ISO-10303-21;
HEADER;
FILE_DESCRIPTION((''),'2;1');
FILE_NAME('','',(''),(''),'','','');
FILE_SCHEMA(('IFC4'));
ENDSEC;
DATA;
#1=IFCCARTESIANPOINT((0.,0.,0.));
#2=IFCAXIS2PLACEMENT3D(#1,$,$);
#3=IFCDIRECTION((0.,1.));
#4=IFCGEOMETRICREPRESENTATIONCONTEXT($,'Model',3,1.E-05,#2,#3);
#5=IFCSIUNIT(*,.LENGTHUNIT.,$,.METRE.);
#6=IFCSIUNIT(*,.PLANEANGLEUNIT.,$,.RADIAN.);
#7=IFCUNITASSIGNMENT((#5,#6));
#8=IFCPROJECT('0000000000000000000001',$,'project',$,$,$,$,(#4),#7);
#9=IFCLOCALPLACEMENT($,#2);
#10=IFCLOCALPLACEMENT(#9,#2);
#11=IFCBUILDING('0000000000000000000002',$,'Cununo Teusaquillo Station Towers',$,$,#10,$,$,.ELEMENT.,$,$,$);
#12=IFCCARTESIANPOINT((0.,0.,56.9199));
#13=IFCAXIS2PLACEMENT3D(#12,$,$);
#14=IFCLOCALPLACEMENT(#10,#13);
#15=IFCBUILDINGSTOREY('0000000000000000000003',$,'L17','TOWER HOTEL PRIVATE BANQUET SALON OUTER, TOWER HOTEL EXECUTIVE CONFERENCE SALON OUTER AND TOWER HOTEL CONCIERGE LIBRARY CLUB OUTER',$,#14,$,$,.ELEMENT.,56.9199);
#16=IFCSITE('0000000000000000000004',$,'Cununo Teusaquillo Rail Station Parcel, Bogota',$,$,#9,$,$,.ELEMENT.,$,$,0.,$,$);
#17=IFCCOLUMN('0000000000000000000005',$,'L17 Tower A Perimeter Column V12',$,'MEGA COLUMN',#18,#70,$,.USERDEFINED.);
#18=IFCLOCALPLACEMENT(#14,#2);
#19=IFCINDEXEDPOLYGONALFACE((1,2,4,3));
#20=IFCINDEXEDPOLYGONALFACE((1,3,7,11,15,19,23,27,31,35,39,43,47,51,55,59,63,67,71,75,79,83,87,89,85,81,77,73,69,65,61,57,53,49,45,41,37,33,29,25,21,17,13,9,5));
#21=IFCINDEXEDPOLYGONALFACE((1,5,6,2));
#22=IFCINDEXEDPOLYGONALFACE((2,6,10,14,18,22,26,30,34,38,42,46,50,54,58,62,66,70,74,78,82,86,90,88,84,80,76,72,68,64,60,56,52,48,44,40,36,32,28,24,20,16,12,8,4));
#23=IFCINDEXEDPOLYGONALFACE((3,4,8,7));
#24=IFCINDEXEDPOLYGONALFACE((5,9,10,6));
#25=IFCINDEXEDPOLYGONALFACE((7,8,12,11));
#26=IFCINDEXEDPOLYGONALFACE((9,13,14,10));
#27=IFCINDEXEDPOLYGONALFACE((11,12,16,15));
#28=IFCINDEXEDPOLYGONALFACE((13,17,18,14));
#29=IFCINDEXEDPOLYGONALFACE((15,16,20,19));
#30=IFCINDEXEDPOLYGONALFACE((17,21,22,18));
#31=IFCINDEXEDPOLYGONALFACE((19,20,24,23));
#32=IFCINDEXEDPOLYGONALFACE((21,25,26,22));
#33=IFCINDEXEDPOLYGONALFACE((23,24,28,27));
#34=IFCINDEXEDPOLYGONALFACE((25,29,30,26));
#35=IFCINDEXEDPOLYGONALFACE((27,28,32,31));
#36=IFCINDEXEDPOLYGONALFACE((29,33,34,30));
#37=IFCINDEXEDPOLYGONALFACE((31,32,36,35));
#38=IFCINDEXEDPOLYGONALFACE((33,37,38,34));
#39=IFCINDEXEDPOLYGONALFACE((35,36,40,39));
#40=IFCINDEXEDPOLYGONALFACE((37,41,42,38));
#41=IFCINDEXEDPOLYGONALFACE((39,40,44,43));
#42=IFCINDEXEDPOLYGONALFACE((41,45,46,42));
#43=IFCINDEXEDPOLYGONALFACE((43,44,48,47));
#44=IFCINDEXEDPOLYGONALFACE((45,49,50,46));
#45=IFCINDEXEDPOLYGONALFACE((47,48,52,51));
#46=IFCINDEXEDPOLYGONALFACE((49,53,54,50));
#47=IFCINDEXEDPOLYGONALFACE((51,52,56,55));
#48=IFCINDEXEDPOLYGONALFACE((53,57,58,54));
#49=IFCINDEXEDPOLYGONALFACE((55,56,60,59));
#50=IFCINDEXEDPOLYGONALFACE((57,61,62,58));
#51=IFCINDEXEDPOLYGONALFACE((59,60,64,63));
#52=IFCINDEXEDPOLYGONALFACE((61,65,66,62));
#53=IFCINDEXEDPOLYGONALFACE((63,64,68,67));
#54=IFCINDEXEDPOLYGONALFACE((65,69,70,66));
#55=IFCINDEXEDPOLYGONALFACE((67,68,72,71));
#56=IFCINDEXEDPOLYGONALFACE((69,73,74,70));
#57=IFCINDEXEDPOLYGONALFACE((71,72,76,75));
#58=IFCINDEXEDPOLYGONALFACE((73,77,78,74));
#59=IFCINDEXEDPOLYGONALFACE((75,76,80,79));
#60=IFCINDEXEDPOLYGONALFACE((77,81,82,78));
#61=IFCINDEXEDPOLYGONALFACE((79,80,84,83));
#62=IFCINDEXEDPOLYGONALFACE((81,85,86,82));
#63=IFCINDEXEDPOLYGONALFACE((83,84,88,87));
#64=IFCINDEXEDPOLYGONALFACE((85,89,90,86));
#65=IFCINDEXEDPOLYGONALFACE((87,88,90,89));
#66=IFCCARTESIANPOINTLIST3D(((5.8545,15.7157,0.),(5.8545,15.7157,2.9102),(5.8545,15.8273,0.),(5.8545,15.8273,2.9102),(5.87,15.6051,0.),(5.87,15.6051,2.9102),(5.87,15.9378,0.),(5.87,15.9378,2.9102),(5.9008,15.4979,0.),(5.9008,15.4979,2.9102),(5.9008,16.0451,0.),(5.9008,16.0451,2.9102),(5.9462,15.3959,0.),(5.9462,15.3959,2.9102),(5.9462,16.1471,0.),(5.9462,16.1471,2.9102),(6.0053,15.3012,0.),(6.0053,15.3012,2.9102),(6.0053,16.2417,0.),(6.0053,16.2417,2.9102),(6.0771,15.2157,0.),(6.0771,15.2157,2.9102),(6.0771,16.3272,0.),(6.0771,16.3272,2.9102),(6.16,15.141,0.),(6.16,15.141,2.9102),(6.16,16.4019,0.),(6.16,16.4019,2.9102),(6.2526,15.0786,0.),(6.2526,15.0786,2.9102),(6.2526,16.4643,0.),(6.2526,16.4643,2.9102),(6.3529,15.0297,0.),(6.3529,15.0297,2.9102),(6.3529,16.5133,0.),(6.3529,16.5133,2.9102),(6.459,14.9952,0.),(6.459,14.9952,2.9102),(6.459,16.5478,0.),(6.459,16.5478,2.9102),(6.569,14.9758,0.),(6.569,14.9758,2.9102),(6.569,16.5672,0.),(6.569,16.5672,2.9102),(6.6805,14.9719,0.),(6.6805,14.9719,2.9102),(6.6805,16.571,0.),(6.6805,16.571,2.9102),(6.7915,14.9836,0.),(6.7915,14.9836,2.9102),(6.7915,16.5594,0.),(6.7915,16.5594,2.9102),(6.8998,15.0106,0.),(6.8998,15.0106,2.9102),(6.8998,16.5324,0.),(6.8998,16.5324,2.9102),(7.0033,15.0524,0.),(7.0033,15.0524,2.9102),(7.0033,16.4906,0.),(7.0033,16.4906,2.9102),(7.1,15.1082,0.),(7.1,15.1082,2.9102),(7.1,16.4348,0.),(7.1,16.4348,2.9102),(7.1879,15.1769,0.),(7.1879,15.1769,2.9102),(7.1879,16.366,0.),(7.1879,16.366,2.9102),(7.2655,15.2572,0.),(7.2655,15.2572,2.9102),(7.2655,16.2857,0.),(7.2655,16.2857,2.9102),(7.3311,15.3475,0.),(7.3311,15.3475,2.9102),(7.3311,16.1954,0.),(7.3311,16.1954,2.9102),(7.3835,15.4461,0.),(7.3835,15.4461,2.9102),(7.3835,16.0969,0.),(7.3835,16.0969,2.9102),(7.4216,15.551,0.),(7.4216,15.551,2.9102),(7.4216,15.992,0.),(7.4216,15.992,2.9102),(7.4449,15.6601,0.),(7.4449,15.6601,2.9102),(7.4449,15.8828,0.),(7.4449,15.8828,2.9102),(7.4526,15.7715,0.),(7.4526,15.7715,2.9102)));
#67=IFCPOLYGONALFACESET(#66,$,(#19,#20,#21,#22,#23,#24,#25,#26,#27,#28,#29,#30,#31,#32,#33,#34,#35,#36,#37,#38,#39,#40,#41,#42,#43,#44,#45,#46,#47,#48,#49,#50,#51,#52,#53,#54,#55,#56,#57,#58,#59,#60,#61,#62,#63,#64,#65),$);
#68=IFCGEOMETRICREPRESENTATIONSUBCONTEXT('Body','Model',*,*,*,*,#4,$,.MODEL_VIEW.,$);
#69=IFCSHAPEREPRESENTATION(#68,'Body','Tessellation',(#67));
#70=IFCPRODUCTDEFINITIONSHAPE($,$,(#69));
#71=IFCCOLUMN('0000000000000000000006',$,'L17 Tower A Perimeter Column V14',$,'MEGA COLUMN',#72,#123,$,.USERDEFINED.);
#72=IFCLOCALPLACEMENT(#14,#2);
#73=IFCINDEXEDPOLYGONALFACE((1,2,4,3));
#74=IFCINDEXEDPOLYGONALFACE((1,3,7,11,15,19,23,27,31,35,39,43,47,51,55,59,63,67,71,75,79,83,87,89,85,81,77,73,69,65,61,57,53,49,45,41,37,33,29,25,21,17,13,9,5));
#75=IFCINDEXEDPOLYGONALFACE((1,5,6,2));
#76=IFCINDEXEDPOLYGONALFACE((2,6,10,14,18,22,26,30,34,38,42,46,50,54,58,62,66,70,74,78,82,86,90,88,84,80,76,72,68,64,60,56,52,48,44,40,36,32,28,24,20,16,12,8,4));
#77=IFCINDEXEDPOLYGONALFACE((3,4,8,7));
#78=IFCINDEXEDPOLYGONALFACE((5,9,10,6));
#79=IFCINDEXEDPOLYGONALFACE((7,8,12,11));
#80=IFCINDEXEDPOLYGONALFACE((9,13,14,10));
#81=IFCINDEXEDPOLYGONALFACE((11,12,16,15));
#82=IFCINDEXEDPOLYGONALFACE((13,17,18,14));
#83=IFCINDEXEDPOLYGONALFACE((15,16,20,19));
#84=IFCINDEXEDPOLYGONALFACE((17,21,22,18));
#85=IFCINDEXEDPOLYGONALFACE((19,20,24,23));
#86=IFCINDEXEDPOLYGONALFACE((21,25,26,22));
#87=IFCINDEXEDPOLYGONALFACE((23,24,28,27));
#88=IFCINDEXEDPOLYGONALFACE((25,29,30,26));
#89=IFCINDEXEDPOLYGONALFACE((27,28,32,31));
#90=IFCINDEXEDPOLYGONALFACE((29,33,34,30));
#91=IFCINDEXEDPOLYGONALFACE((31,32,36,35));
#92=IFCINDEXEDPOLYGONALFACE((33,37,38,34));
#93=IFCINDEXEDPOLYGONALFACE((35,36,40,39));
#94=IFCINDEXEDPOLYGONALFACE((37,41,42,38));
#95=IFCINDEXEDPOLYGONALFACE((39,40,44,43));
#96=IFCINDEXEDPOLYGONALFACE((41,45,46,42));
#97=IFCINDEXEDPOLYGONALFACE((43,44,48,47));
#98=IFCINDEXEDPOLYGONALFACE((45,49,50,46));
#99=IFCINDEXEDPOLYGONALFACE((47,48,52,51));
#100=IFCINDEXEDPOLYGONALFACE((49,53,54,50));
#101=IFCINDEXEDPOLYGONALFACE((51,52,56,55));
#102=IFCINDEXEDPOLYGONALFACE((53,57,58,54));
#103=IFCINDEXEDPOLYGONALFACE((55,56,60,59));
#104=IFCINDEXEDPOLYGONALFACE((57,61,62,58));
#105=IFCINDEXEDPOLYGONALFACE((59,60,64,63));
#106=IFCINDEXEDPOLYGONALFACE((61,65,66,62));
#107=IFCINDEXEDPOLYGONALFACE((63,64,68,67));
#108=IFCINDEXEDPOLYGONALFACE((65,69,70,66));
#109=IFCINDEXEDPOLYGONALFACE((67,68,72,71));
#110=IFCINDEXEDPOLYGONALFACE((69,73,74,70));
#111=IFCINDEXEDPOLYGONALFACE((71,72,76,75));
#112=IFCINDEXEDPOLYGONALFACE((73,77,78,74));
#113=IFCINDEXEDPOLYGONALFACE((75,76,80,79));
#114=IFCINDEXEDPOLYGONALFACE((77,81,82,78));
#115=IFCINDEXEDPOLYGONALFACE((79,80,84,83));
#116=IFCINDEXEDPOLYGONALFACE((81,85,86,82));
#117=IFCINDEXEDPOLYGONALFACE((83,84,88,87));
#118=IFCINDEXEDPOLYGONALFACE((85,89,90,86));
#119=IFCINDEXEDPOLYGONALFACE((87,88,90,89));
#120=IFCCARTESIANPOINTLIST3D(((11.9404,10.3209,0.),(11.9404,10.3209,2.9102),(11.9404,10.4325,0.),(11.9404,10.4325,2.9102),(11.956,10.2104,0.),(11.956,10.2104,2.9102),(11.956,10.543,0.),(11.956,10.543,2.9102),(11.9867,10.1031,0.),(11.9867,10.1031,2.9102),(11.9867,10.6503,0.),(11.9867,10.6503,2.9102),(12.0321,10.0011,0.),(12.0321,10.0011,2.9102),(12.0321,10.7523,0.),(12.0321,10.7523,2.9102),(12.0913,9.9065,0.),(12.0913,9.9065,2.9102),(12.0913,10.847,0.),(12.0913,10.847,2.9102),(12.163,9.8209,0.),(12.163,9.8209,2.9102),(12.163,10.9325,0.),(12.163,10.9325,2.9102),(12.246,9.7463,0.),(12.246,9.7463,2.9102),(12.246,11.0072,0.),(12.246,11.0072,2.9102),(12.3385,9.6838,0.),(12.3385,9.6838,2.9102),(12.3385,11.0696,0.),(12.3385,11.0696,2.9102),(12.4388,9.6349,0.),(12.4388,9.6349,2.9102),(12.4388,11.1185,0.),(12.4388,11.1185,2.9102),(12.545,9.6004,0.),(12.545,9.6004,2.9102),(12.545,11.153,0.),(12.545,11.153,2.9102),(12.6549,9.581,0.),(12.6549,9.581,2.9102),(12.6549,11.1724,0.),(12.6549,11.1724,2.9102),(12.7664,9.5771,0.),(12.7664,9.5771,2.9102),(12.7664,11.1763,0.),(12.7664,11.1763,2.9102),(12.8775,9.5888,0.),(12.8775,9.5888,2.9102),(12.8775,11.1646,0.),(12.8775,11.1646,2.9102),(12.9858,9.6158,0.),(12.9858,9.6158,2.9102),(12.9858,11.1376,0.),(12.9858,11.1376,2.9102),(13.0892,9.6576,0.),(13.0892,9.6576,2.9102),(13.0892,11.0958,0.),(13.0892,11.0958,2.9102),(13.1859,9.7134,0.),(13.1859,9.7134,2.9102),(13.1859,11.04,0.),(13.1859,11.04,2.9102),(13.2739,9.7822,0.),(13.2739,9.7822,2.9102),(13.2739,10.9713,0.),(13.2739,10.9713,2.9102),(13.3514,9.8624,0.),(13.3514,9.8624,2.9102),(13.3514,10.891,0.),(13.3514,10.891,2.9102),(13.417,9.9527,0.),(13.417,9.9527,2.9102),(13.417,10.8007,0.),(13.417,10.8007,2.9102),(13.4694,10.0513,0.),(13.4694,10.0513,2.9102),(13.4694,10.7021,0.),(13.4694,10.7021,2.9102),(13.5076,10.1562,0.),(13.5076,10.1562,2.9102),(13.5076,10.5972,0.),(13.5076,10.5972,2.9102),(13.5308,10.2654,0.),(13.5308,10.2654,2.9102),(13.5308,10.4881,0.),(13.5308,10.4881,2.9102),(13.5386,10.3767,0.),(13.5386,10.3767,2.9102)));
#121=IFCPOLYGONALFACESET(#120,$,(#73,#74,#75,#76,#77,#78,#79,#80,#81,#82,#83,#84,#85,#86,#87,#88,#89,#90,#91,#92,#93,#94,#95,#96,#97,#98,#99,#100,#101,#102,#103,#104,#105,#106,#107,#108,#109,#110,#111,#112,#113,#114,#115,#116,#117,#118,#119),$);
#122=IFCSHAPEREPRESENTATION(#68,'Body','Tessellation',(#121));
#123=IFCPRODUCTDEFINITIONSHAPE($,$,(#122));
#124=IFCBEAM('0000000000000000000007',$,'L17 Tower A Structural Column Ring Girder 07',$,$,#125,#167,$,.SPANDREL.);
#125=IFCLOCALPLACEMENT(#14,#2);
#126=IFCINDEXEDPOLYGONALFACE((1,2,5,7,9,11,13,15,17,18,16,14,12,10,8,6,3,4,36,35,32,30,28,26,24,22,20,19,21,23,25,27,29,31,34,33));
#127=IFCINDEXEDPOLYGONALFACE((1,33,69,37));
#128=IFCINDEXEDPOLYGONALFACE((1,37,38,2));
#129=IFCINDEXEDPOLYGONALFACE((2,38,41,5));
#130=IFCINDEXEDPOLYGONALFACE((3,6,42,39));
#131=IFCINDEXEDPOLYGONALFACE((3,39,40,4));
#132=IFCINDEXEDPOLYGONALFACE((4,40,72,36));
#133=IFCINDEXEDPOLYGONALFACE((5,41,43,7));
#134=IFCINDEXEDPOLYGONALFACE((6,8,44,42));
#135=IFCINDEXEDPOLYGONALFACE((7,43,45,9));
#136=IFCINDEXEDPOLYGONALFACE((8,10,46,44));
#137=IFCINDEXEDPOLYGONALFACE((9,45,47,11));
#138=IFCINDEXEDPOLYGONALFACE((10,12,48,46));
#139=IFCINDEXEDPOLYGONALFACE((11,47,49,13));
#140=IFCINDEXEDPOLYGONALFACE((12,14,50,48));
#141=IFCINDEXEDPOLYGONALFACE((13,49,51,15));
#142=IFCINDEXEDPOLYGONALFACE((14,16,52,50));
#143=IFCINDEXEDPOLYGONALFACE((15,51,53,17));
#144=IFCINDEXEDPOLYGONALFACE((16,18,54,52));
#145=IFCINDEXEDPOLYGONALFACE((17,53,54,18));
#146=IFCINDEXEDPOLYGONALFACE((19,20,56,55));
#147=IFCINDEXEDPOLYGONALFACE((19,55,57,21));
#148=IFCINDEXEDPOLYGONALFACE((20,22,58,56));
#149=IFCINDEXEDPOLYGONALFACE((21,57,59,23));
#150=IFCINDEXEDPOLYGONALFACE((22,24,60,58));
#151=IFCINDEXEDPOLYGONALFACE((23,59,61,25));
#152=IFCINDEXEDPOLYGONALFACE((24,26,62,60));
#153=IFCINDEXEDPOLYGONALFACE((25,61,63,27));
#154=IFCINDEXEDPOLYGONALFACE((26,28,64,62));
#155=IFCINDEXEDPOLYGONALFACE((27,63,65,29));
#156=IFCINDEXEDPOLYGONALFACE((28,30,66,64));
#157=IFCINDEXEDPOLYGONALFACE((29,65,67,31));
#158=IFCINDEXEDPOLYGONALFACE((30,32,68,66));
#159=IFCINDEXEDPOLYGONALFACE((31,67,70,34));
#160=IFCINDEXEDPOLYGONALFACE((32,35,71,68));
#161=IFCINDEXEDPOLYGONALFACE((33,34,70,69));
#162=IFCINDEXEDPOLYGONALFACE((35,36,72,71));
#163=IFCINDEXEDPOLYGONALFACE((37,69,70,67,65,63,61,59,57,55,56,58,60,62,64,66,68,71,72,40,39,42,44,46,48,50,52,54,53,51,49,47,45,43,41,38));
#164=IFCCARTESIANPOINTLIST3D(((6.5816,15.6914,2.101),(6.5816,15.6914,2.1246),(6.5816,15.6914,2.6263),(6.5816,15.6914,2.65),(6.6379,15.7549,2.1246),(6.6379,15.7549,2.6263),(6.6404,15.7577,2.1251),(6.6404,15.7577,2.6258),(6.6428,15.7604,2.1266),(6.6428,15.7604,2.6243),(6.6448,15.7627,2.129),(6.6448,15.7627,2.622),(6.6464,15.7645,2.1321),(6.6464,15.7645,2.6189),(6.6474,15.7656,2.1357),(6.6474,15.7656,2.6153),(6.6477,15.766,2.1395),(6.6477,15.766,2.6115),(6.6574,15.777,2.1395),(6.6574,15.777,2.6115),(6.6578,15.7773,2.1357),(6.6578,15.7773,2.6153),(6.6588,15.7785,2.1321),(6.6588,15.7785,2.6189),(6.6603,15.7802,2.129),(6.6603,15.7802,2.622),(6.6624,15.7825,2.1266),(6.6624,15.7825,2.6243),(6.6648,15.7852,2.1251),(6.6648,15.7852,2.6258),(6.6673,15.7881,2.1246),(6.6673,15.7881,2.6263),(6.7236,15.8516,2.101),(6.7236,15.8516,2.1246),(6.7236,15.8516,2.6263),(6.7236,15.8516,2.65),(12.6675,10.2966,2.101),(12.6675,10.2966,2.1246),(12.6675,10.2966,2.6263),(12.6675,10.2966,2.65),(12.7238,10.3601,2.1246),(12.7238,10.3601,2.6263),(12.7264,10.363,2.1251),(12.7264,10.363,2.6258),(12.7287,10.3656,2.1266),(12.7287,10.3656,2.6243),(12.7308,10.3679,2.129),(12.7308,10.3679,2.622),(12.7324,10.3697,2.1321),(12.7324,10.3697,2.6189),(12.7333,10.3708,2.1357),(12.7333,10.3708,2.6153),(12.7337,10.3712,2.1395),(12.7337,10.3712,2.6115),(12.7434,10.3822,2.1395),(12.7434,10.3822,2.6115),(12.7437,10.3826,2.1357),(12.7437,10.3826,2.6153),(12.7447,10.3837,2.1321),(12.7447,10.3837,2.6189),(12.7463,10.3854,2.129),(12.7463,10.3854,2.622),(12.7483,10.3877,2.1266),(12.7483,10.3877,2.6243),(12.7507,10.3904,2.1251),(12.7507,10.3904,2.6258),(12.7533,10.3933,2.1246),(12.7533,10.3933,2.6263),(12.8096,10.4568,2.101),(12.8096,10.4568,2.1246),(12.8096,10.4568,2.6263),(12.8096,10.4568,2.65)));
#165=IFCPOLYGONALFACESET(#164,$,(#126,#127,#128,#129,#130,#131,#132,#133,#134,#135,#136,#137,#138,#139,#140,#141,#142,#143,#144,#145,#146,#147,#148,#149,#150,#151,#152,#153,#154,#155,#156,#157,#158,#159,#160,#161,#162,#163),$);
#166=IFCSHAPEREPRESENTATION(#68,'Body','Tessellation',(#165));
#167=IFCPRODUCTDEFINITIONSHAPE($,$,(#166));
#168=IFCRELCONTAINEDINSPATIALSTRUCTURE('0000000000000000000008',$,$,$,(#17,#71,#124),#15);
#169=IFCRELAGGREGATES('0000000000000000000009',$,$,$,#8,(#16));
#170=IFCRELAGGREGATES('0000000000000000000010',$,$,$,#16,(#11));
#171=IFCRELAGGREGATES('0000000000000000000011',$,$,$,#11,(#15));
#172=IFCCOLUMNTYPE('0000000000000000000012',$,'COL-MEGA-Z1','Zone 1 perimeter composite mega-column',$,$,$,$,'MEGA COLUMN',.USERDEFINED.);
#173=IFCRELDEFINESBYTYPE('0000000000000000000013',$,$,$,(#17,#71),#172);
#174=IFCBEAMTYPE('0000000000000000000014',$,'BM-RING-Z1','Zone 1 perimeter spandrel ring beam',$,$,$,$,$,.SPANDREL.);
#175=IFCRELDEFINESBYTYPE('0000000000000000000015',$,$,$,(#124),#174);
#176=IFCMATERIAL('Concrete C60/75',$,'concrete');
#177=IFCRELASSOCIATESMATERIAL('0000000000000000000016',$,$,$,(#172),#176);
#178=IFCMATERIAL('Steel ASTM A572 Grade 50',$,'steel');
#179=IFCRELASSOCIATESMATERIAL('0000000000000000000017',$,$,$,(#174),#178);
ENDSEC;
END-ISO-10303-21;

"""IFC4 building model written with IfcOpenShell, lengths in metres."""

from ifc_helpers import new_model, si_unit, direction, frame, origin, origin_2d, place, context, subcontext, project, spatial, circle, i_section, extrude, material, material_profile, profile_set, type_object, element, save


model = new_model("IFC4")

# Units and contexts
model_context = context("Model", 3, precision=1e-05, world=origin(), true_north=direction((0.0, 1.0)))
body_context = subcontext(model_context, "Body", "Model", "MODEL_VIEW")
ifc_project = project(units=[si_unit("LENGTHUNIT", "METRE"), si_unit("PLANEANGLEUNIT", "RADIAN")], contexts=[model_context])

# Site, building, storey
site_placement = place(None, origin())
site = spatial("IfcSite", under=ifc_project, at=site_placement, Name="Cununo Teusaquillo Rail Station Parcel, Bogota", CompositionType="ELEMENT", RefElevation=0.0)
building_placement = place(site_placement, origin())
building = spatial("IfcBuilding", under=site, at=building_placement, Name="Cununo Teusaquillo Station Towers", CompositionType="ELEMENT")
storey_placement = place(building_placement, frame((0.0, 0.0, 56.9199)))
storey = spatial("IfcBuildingStorey", under=building, at=storey_placement, Name="L17", Description="TOWER HOTEL PRIVATE BANQUET SALON OUTER, TOWER HOTEL EXECUTIVE CONFERENCE SALON OUTER AND TOWER HOTEL CONCIERGE LIBRARY CLUB OUTER", CompositionType="ELEMENT", Elevation=56.9199)

# Columns
ifc_material_1 = material(Name="Concrete C60/75", Category="concrete")
ifc_material_profile_1 = material_profile(ifc_material_1, circle(Radius=0.8, at=origin_2d()), Name="RC-CIRC-1600")
ifc_profile_set_1 = profile_set([ifc_material_profile_1], Name="Concrete C60/75")
column_type = type_object("IfcColumnType", Name="COL-MEGA-Z1", Description="Zone 1 perimeter composite mega-column", ElementType="MEGA COLUMN", PredefinedType="USERDEFINED", material=ifc_profile_set_1)
for number, where, z_axis, x_axis, name in (
    (1, (6.6526, 15.7715, 0.0), (0.0, 0.0, 1.0), (1.0, 0.0, 0.0), "L17 Tower A Perimeter Column V12"),
    (2, (12.7385, 10.3767, 0.0), (0.0, 0.0, 1.0), (1.0, 0.0, 0.0), "L17 Tower A Perimeter Column V14"),
):
    element("IfcColumn", number, at=place(storey_placement, frame(where, z_axis=z_axis, x_axis=x_axis)), inside=storey, type_object=column_type, Name=name, ObjectType="MEGA COLUMN", PredefinedType="USERDEFINED", context=body_context, shape_type="SweptSolid", body=[
        extrude(circle(Radius=0.8, at=origin_2d()), origin(), (0.0, 0.0, 1.0), 2.9102),
    ])

# Beam
ifc_material_2 = material(Name="Steel ASTM A572 Grade 50", Category="steel")
ifc_material_profile_2 = material_profile(ifc_material_2, i_section(OverallWidth=0.2141, OverallDepth=0.5491, WebThickness=0.0146, FlangeThickness=0.0237, FilletRadius=0.0149, at=origin_2d()), Name="W21X93")
ifc_profile_set_2 = profile_set([ifc_material_profile_2], Name="Steel ASTM A572 Grade 50")
beam_type_1 = type_object("IfcBeamType", Name="BM-RING-Z1", Description="Zone 1 perimeter spandrel ring beam", PredefinedType="SPANDREL", material=ifc_profile_set_2)
beam_1_placement = place(storey_placement, frame((6.6526, 15.7715, 2.3755), z_axis=(0.748321, -0.663337, 0.0), x_axis=(0.663337, 0.748321, 0.0)))
element("IfcBeam", 3, at=beam_1_placement, inside=storey, type_object=beam_type_1, Name="L17 Tower A Structural Column Ring Girder 07", PredefinedType="SPANDREL", context=body_context, shape_type="SweptSolid", body=[
    extrude(i_section(OverallWidth=0.2141, OverallDepth=0.5491, WebThickness=0.0146, FlangeThickness=0.0237, FilletRadius=0.0149, at=origin_2d()), origin(), (0.0, 0.0, 1.0), 8.1328),
])

save(model, "model.ifc")
